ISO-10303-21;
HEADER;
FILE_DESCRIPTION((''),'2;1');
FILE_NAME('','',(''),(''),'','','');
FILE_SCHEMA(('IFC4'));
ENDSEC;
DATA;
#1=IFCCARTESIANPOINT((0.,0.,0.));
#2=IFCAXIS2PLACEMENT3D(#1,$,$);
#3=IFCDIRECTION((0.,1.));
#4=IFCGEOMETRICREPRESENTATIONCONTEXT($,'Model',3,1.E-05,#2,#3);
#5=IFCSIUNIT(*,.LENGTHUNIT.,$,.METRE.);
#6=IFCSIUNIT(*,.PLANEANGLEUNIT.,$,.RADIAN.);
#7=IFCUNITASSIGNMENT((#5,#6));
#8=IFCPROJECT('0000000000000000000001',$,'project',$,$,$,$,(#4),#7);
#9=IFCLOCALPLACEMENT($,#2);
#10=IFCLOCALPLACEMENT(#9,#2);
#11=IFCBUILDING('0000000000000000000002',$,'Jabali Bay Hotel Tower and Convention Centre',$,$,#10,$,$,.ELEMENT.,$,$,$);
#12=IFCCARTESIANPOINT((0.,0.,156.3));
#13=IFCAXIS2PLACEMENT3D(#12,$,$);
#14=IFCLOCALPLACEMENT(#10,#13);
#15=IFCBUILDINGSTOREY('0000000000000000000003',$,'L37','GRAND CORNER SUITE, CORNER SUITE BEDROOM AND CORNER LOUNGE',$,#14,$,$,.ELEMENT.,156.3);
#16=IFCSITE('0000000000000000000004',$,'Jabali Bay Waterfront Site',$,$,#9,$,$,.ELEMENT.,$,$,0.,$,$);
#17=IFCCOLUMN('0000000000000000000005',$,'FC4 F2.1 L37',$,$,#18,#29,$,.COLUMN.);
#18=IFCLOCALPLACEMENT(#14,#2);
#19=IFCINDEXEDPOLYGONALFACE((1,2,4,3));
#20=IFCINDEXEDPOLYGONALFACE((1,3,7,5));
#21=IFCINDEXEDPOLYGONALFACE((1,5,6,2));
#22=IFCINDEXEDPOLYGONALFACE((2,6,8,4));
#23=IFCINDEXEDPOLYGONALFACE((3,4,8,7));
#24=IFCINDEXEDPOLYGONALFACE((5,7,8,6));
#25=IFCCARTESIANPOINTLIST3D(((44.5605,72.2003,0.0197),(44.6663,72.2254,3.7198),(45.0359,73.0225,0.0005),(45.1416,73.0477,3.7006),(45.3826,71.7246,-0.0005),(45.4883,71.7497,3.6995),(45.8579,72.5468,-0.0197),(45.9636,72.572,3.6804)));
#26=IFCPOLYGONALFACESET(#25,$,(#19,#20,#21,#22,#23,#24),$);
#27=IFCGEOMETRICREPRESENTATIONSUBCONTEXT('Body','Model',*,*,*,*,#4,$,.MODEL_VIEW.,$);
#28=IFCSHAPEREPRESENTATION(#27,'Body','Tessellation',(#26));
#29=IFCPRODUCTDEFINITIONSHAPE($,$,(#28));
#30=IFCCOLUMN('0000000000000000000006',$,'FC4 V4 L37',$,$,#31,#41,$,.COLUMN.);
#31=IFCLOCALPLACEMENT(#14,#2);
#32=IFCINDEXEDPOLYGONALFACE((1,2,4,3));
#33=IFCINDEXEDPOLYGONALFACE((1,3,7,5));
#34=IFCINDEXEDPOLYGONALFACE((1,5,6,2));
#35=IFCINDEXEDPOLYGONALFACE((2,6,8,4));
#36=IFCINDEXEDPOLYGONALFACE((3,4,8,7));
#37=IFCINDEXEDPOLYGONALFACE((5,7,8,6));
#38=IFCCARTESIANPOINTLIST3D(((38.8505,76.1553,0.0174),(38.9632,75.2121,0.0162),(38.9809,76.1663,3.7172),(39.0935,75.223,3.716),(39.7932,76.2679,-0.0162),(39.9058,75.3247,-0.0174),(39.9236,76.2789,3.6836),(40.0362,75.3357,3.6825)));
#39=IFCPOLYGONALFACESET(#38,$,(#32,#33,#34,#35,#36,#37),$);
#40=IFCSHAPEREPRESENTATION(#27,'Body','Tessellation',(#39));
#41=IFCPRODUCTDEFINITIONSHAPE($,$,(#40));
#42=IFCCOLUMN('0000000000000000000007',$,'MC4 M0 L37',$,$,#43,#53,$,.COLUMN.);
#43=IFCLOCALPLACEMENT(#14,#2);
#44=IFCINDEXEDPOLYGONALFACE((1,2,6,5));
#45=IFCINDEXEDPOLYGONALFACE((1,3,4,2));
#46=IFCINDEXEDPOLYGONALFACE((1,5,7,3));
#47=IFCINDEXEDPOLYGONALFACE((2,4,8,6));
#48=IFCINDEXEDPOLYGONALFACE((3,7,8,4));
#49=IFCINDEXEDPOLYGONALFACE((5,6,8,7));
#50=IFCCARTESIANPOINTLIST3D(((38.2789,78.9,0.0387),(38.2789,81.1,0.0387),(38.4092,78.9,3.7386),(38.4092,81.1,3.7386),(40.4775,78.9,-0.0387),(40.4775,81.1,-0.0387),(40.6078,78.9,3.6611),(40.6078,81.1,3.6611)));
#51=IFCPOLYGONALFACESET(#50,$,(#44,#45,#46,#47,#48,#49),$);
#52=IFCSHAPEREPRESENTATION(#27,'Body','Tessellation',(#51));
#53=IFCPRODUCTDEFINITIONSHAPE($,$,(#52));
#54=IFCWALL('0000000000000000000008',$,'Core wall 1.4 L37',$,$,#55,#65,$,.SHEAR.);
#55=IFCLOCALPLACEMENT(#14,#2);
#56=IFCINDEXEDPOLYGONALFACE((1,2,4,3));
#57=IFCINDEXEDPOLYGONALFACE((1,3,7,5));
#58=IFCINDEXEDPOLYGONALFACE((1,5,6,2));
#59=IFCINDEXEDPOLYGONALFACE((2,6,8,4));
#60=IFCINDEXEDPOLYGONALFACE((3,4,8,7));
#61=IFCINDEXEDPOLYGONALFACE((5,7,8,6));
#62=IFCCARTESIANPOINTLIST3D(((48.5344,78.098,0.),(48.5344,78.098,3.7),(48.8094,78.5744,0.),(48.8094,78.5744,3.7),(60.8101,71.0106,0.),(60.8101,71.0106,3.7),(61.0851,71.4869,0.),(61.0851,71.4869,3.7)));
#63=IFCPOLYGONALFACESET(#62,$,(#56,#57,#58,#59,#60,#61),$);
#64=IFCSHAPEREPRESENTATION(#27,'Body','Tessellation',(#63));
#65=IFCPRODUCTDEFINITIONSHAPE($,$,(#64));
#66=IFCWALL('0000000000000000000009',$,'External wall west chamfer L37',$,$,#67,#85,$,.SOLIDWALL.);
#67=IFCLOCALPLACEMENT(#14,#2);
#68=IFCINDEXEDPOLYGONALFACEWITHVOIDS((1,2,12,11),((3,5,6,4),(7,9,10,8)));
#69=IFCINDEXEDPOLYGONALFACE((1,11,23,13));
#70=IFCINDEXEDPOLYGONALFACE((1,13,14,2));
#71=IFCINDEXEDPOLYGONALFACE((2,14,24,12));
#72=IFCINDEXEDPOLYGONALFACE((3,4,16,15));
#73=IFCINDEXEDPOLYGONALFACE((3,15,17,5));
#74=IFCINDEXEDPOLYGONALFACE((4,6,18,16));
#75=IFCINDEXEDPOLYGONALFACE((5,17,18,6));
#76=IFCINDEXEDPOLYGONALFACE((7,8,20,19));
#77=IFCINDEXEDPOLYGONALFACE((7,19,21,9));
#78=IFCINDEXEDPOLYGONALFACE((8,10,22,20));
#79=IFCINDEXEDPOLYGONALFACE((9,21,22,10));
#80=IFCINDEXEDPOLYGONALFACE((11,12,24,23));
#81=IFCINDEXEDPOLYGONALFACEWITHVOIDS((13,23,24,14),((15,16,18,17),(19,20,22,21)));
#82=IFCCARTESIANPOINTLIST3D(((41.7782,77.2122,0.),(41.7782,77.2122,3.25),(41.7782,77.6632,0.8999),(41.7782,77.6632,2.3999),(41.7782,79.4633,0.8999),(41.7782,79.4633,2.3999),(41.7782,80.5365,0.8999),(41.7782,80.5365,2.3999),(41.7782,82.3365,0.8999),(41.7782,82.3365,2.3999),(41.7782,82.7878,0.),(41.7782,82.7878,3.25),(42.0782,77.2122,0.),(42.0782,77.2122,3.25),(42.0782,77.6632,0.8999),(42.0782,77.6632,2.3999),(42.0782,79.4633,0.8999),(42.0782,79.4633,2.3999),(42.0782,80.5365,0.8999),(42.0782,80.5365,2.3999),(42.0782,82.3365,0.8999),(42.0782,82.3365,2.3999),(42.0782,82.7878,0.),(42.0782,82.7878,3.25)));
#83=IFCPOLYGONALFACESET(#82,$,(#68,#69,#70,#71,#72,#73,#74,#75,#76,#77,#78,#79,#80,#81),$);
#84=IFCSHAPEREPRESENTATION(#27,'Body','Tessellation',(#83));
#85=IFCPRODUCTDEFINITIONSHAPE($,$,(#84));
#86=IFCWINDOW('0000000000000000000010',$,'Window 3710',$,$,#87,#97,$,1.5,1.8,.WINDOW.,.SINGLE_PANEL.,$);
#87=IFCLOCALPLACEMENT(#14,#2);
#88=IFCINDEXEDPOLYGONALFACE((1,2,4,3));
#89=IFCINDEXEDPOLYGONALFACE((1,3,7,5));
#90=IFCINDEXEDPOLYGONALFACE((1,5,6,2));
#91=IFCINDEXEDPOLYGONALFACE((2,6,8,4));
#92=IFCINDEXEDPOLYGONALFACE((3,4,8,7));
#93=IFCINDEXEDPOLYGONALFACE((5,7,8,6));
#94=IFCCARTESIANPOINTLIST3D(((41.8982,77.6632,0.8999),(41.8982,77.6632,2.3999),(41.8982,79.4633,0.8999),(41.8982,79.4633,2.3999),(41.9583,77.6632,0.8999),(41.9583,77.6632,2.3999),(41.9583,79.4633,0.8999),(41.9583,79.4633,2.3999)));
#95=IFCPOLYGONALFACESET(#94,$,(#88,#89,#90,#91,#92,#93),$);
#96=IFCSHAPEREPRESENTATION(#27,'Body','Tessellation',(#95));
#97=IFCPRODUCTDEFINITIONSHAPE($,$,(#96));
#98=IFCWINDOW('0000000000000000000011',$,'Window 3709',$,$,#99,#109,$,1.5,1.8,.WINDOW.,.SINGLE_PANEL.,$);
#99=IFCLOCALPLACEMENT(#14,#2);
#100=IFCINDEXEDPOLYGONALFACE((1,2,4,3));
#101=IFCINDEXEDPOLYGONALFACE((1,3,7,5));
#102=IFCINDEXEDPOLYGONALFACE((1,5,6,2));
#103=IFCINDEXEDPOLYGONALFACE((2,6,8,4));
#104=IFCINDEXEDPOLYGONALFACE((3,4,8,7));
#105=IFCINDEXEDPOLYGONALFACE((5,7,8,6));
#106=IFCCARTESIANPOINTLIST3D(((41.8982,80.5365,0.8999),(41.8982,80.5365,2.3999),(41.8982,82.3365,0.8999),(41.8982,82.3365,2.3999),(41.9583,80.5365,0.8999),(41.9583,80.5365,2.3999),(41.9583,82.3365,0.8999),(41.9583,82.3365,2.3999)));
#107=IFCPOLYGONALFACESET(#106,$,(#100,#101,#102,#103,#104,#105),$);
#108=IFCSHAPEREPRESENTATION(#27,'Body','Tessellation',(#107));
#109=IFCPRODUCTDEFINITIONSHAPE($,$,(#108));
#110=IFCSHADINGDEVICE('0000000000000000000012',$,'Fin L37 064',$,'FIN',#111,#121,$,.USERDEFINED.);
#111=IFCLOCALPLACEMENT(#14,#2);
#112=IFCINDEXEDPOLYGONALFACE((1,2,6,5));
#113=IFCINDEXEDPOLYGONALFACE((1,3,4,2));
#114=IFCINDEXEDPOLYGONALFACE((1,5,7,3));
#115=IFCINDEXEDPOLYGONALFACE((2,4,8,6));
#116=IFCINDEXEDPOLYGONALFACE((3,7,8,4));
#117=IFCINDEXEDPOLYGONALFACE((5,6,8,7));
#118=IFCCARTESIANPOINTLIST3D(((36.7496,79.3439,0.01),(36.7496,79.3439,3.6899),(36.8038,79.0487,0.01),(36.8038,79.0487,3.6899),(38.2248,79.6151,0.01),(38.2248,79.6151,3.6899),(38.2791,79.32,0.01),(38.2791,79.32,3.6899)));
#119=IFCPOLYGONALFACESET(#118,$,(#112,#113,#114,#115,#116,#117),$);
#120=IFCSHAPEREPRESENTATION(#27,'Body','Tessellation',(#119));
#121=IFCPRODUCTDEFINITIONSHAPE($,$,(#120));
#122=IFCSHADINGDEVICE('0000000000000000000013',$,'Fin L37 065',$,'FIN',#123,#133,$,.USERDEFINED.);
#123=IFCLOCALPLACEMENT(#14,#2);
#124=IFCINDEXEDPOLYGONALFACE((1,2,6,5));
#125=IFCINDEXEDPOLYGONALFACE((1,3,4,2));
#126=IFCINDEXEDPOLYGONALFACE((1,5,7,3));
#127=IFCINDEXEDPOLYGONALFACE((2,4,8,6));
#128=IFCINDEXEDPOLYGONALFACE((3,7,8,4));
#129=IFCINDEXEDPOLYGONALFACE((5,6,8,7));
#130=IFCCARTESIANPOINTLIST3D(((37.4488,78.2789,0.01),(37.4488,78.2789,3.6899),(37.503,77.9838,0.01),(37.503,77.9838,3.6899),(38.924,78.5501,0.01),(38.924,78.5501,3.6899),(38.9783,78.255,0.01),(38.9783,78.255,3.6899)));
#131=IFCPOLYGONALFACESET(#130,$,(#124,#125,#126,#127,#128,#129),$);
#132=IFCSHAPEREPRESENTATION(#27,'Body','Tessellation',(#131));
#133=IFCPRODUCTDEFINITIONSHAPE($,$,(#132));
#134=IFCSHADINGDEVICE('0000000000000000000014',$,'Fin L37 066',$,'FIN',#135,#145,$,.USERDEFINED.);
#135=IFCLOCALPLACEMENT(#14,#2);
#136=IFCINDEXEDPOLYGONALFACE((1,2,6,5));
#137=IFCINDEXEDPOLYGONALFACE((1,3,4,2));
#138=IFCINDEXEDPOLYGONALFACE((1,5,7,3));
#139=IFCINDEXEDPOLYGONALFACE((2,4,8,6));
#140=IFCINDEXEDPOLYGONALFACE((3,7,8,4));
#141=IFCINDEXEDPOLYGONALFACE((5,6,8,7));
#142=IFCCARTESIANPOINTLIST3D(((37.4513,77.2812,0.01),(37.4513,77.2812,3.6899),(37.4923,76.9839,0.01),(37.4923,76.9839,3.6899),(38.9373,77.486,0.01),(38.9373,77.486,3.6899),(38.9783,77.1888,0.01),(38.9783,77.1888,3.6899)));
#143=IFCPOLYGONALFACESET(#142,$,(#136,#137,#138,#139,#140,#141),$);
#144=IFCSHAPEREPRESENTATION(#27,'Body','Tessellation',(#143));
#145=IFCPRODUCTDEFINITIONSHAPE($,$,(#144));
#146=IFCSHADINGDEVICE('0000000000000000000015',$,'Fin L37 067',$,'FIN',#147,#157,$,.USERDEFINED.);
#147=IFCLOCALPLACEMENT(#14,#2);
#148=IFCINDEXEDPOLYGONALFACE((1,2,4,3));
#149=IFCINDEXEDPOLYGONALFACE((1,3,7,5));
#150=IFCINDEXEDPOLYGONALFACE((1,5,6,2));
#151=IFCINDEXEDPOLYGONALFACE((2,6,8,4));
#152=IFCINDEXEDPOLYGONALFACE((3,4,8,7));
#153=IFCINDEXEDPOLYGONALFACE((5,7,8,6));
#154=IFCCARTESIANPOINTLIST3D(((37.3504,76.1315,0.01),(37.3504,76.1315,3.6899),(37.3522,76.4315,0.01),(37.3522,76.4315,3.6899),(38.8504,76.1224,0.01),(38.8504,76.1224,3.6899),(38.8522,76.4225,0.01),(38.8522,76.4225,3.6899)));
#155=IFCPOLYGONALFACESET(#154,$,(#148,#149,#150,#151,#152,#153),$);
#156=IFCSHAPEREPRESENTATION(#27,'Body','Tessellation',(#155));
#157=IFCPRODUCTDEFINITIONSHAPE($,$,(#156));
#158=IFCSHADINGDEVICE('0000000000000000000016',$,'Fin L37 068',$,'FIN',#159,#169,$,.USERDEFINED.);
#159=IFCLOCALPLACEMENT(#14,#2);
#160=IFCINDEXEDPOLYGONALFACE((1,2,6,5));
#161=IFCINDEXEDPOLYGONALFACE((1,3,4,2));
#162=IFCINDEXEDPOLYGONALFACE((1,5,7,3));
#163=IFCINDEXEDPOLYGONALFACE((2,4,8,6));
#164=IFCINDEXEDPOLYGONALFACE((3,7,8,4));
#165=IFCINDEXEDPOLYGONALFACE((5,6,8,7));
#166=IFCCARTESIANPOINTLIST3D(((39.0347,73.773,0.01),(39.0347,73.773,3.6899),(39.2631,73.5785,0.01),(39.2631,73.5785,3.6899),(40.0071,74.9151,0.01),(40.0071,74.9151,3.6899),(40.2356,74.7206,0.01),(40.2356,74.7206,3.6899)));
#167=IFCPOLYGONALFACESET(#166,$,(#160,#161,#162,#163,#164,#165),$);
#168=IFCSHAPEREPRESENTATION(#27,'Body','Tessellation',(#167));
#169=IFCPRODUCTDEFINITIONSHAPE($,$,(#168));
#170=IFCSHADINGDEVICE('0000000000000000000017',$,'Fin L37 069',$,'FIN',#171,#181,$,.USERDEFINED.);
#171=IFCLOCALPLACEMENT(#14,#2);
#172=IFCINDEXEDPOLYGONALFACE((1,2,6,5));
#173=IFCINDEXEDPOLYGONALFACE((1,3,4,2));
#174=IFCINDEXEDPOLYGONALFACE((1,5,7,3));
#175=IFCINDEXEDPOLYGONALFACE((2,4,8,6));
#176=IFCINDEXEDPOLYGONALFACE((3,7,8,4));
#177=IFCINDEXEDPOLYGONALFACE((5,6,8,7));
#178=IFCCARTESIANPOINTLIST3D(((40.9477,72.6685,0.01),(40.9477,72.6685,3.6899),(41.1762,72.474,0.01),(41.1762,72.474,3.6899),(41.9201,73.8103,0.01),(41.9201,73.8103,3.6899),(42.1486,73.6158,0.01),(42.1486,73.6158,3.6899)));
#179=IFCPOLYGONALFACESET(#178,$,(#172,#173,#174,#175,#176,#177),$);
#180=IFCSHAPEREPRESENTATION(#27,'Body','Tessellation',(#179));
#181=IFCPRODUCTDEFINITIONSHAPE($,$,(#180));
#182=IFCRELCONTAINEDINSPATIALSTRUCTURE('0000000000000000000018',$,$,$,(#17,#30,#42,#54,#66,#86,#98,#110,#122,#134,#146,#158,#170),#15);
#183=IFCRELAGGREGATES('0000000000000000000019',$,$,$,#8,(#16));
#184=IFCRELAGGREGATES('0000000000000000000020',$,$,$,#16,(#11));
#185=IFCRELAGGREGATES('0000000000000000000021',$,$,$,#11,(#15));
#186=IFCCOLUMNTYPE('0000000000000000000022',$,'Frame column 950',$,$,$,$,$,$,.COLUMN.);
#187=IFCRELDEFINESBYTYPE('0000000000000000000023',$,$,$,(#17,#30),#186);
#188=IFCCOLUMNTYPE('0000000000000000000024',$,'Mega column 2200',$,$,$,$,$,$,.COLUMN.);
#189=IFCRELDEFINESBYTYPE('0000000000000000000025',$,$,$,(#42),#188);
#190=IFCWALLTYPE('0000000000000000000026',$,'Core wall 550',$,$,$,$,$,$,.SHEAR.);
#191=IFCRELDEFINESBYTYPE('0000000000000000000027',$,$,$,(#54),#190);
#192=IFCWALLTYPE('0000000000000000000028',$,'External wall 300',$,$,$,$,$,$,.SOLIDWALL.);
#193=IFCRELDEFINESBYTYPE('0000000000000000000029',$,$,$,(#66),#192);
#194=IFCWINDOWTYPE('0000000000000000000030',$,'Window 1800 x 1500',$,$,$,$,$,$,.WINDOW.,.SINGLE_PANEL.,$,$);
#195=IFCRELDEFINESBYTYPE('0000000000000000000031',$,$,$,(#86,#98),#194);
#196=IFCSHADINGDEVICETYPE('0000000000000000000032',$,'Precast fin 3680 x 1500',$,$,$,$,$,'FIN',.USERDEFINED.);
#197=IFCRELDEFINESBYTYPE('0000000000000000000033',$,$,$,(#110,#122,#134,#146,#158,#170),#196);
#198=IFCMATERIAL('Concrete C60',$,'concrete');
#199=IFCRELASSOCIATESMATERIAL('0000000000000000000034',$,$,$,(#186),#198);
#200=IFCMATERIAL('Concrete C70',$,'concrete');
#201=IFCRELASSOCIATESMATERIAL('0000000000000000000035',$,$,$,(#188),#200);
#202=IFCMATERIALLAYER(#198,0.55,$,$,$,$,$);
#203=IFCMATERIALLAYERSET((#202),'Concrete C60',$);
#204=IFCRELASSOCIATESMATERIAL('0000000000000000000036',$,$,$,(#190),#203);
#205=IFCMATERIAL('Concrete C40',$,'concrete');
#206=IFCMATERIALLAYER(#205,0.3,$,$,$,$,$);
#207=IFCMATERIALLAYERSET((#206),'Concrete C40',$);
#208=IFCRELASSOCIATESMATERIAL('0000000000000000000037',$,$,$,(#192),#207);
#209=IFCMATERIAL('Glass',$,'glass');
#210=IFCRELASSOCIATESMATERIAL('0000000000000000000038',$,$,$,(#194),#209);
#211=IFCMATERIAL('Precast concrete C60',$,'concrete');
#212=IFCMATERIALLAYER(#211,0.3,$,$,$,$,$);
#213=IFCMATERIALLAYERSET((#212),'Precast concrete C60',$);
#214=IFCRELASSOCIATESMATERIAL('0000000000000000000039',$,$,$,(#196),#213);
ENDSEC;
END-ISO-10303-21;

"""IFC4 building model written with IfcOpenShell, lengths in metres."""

from ifc_helpers import new_model, si_unit, direction, frame, frame_2d, origin, origin_2d, place, context, subcontext, project, spatial, rectangle, extrude, material, layer, layer_set, material_profile, profile_set, type_object, element, fill, save


model = new_model("IFC4")

# Units and contexts
model_context = context("Model", 3, precision=1e-05, world=origin(), true_north=direction((0.0, 1.0)))
body_context = subcontext(model_context, "Body", "Model", "MODEL_VIEW")
ifc_project = project(units=[si_unit("LENGTHUNIT", "METRE"), si_unit("PLANEANGLEUNIT", "RADIAN")], contexts=[model_context])

# Site, building, storey
site_placement = place(None, origin())
site = spatial("IfcSite", under=ifc_project, at=site_placement, Name="Jabali Bay Waterfront Site", CompositionType="ELEMENT", RefElevation=0.0)
building_placement = place(site_placement, origin())
building = spatial("IfcBuilding", under=site, at=building_placement, Name="Jabali Bay Hotel Tower and Convention Centre", CompositionType="ELEMENT")
storey_placement = place(building_placement, frame((0.0, 0.0, 156.3)))
storey = spatial("IfcBuildingStorey", under=building, at=storey_placement, Name="L37", Description="GRAND CORNER SUITE, CORNER SUITE BEDROOM AND CORNER LOUNGE", CompositionType="ELEMENT", Elevation=156.3)

# Columns
ifc_material_1 = material(Name="Concrete C60", Category="concrete")
ifc_material_profile_1 = material_profile(ifc_material_1, rectangle(XDim=0.95, YDim=0.95, at=origin_2d()), Name="Frame column 950")
ifc_profile_set_1 = profile_set([ifc_material_profile_1], Name="Concrete C60")
column_type_1 = type_object("IfcColumnType", Name="Frame column 950", PredefinedType="COLUMN", material=ifc_profile_set_1)
column_1_placement = place(storey_placement, frame((45.2092, 72.3735, 0.0), z_axis=(0.028559, 0.006794, 0.999569), x_axis=(-0.865324, 0.500759, 0.02132)))
element("IfcColumn", 1, at=column_1_placement, inside=storey, type_object=column_type_1, Name="FC4 F2.1 L37", PredefinedType="COLUMN", context=body_context, shape_type="SweptSolid", body=[
    extrude(rectangle(XDim=0.95, YDim=0.95, at=origin_2d()), origin(), (0.0, 0.0, 1.0), 3.7017),
])
column_2_placement = place(storey_placement, frame((39.3782, 75.74, 0.0), z_axis=(0.035214, 0.002967, 0.999375), x_axis=(-0.118568, 0.992945, 0.001229)))
element("IfcColumn", 2, at=column_2_placement, inside=storey, type_object=column_type_1, Name="FC4 V4 L37", PredefinedType="COLUMN", context=body_context, shape_type="SweptSolid", body=[
    extrude(rectangle(XDim=0.95, YDim=0.95, at=origin_2d()), origin(), (0.0, 0.0, 1.0), 3.7021),
])
ifc_material_2 = material(Name="Concrete C70", Category="concrete")
ifc_material_profile_2 = material_profile(ifc_material_2, rectangle(XDim=2.2, YDim=2.2, at=origin_2d()), Name="Mega column 2200")
ifc_profile_set_2 = profile_set([ifc_material_profile_2], Name="Concrete C70")
column_type_2 = type_object("IfcColumnType", Name="Mega column 2200", PredefinedType="COLUMN", material=ifc_profile_set_2)
column_3_placement = place(storey_placement, frame((39.3782, 80.0, 0.0), z_axis=(0.035214, 0.0, 0.99938), x_axis=(0.0, 1.0, 0.0)))
element("IfcColumn", 3, at=column_3_placement, inside=storey, type_object=column_type_2, Name="MC4 M0 L37", PredefinedType="COLUMN", context=body_context, shape_type="SweptSolid", body=[
    extrude(rectangle(XDim=2.2, YDim=2.2, at=origin_2d()), origin(), (0.0, 0.0, 1.0), 3.7021),
])

# Wall
ifc_layer_1 = layer(ifc_material_1, 0.55)
ifc_layer_set_1 = layer_set([ifc_layer_1], Name="Concrete C60")
wall_type_1 = type_object("IfcWallType", Name="Core wall 550", PredefinedType="SHEAR", material=ifc_layer_set_1)
wall_1_placement = place(storey_placement, frame((48.6719, 78.3362, 0.0), z_axis=(0.0, 0.0, 1.0), x_axis=(0.866024, -0.500003, 0.0)))
element("IfcWall", 4, at=wall_1_placement, inside=storey, type_object=wall_type_1, Name="Core wall 1.4 L37", PredefinedType="SHEAR", context=body_context, shape_type="SweptSolid", body=[
    extrude(rectangle(XDim=14.1748, YDim=0.55, at=frame_2d((7.0874, 0.0))), origin(), (0.0, 0.0, 1.0), 3.7),
])

# Wall, openings, windows
ifc_material_3 = material(Name="Concrete C40", Category="concrete")
ifc_layer_2 = layer(ifc_material_3, 0.3)
ifc_layer_set_2 = layer_set([ifc_layer_2], Name="Concrete C40")
wall_type_2 = type_object("IfcWallType", Name="External wall 300", PredefinedType="SOLIDWALL", material=ifc_layer_set_2)
wall_2_placement = place(storey_placement, frame((41.9282, 77.2122, 0.0), z_axis=(0.0, 0.0, 1.0), x_axis=(0.0, 1.0, 0.0)))
wall_2 = element("IfcWall", 5, at=wall_2_placement, inside=storey, type_object=wall_type_2, Name="External wall west chamfer L37", PredefinedType="SOLIDWALL", context=body_context, shape_type="SweptSolid", body=[
    extrude(rectangle(XDim=5.5757, YDim=0.3, at=frame_2d((2.7878, 0.0))), origin(), (0.0, 0.0, 1.0), 3.25),
])
opening_1_placement = place(wall_2_placement, frame((0.4512, 0.0, 0.8999)))
opening_1 = element("IfcOpeningElement", 6, at=opening_1_placement, cuts=wall_2, PredefinedType="OPENING", context=body_context, shape_type="SweptSolid", body=[
    extrude(rectangle(XDim=1.8, YDim=1.5, at=frame_2d((0.8999, 0.75))), frame((0.0, 0.1606, 0.0), z_axis=(0.0, -1.0, 0.0), x_axis=(1.0, 0.0, 0.0)), (0.0, 0.0, 1.0), 0.321),
])
opening_2_placement = place(wall_2_placement, frame((3.3245, 0.0, 0.8999)))
opening_2 = element("IfcOpeningElement", 7, at=opening_2_placement, cuts=wall_2, PredefinedType="OPENING", context=body_context, shape_type="SweptSolid", body=[
    extrude(rectangle(XDim=1.8, YDim=1.5, at=frame_2d((0.8999, 0.75))), frame((0.0, 0.1606, 0.0), z_axis=(0.0, -1.0, 0.0), x_axis=(1.0, 0.0, 0.0)), (0.0, 0.0, 1.0), 0.321),
])
ifc_material_4 = material(Name="Glass", Category="glass")
window_type = type_object("IfcWindowType", Name="Window 1800 x 1500", PartitioningType="SINGLE_PANEL", PredefinedType="WINDOW", material=ifc_material_4)
window_1_placement = place(opening_1_placement, origin())
window_1 = element("IfcWindow", 8, at=window_1_placement, inside=storey, type_object=window_type, Name="Window 3710", OverallHeight=1.5, OverallWidth=1.8, PartitioningType="SINGLE_PANEL", PredefinedType="WINDOW", context=body_context, shape_type="SweptSolid", body=[
    extrude(rectangle(XDim=1.8, YDim=1.5, at=frame_2d((0.8999, 0.75))), frame((0.0, 0.03, 0.0), z_axis=(0.0, -1.0, 0.0), x_axis=(1.0, 0.0, 0.0)), (0.0, 0.0, 1.0), 0.0601),
])
fill(opening_1, window_1)
window_2_placement = place(opening_2_placement, origin())
window_2 = element("IfcWindow", 9, at=window_2_placement, inside=storey, type_object=window_type, Name="Window 3709", OverallHeight=1.5, OverallWidth=1.8, PartitioningType="SINGLE_PANEL", PredefinedType="WINDOW", context=body_context, shape_type="SweptSolid", body=[
    extrude(rectangle(XDim=1.8, YDim=1.5, at=frame_2d((0.8999, 0.75))), frame((0.0, 0.03, 0.0), z_axis=(0.0, -1.0, 0.0), x_axis=(1.0, 0.0, 0.0)), (0.0, 0.0, 1.0), 0.0601),
])
fill(opening_2, window_2)

# Shading devices
ifc_material_5 = material(Name="Precast concrete C60", Category="concrete")
ifc_layer_3 = layer(ifc_material_5, 0.3)
ifc_layer_set_3 = layer_set([ifc_layer_3], Name="Precast concrete C60")
shading_device_type = type_object("IfcShadingDeviceType", Name="Precast fin 3680 x 1500", ElementType="FIN", PredefinedType="USERDEFINED", material=ifc_layer_set_3)
for number, where, z_axis, x_axis, name in (
    (10, (38.252, 79.4675, 0.01), (0.0, 0.0, 1.0), (-0.983516, -0.180819, 0.0), "Fin L37 064"),
    (11, (38.9512, 78.4026, 0.01), (0.0, 0.0, 1.0), (-0.983516, -0.180819, 0.0), "Fin L37 065"),
    (12, (38.9578, 77.3374, 0.01), (0.0, 0.0, 1.0), (-0.990631, -0.136566, 0.0), "Fin L37 066"),
    (13, (38.8513, 76.2725, 0.01), (0.0, 0.0, 1.0), (-0.999982, 0.006022, 0.0), "Fin L37 067"),
    (14, (40.1213, 74.8179, 0.01), (0.0, 0.0, 1.0), (-0.648281, -0.761401, 0.0), "Fin L37 068"),
):
    element("IfcShadingDevice", number, at=place(storey_placement, frame(where, z_axis=z_axis, x_axis=x_axis)), inside=storey, type_object=shading_device_type, Name=name, ObjectType="FIN", PredefinedType="USERDEFINED", context=body_context, shape_type="SweptSolid", body=[
        extrude(rectangle(XDim=1.5, YDim=0.3, at=frame_2d((0.75, 0.0))), origin(), (0.0, 0.0, 1.0), 3.6799),
    ])
shading_device_placement = place(storey_placement, frame((42.0344, 73.7131, 0.01), z_axis=(0.0, 0.0, 1.0), x_axis=(-0.648362, -0.761333, 0.0)))
element("IfcShadingDevice", 15, at=shading_device_placement, inside=storey, type_object=shading_device_type, Name="Fin L37 069", ObjectType="FIN", PredefinedType="USERDEFINED", context=body_context, shape_type="SweptSolid", body=[
    extrude(rectangle(XDim=1.4998, YDim=0.3, at=frame_2d((0.75, 0.0))), origin(), (0.0, 0.0, 1.0), 3.6799),
])

save(model, "model.ifc")
